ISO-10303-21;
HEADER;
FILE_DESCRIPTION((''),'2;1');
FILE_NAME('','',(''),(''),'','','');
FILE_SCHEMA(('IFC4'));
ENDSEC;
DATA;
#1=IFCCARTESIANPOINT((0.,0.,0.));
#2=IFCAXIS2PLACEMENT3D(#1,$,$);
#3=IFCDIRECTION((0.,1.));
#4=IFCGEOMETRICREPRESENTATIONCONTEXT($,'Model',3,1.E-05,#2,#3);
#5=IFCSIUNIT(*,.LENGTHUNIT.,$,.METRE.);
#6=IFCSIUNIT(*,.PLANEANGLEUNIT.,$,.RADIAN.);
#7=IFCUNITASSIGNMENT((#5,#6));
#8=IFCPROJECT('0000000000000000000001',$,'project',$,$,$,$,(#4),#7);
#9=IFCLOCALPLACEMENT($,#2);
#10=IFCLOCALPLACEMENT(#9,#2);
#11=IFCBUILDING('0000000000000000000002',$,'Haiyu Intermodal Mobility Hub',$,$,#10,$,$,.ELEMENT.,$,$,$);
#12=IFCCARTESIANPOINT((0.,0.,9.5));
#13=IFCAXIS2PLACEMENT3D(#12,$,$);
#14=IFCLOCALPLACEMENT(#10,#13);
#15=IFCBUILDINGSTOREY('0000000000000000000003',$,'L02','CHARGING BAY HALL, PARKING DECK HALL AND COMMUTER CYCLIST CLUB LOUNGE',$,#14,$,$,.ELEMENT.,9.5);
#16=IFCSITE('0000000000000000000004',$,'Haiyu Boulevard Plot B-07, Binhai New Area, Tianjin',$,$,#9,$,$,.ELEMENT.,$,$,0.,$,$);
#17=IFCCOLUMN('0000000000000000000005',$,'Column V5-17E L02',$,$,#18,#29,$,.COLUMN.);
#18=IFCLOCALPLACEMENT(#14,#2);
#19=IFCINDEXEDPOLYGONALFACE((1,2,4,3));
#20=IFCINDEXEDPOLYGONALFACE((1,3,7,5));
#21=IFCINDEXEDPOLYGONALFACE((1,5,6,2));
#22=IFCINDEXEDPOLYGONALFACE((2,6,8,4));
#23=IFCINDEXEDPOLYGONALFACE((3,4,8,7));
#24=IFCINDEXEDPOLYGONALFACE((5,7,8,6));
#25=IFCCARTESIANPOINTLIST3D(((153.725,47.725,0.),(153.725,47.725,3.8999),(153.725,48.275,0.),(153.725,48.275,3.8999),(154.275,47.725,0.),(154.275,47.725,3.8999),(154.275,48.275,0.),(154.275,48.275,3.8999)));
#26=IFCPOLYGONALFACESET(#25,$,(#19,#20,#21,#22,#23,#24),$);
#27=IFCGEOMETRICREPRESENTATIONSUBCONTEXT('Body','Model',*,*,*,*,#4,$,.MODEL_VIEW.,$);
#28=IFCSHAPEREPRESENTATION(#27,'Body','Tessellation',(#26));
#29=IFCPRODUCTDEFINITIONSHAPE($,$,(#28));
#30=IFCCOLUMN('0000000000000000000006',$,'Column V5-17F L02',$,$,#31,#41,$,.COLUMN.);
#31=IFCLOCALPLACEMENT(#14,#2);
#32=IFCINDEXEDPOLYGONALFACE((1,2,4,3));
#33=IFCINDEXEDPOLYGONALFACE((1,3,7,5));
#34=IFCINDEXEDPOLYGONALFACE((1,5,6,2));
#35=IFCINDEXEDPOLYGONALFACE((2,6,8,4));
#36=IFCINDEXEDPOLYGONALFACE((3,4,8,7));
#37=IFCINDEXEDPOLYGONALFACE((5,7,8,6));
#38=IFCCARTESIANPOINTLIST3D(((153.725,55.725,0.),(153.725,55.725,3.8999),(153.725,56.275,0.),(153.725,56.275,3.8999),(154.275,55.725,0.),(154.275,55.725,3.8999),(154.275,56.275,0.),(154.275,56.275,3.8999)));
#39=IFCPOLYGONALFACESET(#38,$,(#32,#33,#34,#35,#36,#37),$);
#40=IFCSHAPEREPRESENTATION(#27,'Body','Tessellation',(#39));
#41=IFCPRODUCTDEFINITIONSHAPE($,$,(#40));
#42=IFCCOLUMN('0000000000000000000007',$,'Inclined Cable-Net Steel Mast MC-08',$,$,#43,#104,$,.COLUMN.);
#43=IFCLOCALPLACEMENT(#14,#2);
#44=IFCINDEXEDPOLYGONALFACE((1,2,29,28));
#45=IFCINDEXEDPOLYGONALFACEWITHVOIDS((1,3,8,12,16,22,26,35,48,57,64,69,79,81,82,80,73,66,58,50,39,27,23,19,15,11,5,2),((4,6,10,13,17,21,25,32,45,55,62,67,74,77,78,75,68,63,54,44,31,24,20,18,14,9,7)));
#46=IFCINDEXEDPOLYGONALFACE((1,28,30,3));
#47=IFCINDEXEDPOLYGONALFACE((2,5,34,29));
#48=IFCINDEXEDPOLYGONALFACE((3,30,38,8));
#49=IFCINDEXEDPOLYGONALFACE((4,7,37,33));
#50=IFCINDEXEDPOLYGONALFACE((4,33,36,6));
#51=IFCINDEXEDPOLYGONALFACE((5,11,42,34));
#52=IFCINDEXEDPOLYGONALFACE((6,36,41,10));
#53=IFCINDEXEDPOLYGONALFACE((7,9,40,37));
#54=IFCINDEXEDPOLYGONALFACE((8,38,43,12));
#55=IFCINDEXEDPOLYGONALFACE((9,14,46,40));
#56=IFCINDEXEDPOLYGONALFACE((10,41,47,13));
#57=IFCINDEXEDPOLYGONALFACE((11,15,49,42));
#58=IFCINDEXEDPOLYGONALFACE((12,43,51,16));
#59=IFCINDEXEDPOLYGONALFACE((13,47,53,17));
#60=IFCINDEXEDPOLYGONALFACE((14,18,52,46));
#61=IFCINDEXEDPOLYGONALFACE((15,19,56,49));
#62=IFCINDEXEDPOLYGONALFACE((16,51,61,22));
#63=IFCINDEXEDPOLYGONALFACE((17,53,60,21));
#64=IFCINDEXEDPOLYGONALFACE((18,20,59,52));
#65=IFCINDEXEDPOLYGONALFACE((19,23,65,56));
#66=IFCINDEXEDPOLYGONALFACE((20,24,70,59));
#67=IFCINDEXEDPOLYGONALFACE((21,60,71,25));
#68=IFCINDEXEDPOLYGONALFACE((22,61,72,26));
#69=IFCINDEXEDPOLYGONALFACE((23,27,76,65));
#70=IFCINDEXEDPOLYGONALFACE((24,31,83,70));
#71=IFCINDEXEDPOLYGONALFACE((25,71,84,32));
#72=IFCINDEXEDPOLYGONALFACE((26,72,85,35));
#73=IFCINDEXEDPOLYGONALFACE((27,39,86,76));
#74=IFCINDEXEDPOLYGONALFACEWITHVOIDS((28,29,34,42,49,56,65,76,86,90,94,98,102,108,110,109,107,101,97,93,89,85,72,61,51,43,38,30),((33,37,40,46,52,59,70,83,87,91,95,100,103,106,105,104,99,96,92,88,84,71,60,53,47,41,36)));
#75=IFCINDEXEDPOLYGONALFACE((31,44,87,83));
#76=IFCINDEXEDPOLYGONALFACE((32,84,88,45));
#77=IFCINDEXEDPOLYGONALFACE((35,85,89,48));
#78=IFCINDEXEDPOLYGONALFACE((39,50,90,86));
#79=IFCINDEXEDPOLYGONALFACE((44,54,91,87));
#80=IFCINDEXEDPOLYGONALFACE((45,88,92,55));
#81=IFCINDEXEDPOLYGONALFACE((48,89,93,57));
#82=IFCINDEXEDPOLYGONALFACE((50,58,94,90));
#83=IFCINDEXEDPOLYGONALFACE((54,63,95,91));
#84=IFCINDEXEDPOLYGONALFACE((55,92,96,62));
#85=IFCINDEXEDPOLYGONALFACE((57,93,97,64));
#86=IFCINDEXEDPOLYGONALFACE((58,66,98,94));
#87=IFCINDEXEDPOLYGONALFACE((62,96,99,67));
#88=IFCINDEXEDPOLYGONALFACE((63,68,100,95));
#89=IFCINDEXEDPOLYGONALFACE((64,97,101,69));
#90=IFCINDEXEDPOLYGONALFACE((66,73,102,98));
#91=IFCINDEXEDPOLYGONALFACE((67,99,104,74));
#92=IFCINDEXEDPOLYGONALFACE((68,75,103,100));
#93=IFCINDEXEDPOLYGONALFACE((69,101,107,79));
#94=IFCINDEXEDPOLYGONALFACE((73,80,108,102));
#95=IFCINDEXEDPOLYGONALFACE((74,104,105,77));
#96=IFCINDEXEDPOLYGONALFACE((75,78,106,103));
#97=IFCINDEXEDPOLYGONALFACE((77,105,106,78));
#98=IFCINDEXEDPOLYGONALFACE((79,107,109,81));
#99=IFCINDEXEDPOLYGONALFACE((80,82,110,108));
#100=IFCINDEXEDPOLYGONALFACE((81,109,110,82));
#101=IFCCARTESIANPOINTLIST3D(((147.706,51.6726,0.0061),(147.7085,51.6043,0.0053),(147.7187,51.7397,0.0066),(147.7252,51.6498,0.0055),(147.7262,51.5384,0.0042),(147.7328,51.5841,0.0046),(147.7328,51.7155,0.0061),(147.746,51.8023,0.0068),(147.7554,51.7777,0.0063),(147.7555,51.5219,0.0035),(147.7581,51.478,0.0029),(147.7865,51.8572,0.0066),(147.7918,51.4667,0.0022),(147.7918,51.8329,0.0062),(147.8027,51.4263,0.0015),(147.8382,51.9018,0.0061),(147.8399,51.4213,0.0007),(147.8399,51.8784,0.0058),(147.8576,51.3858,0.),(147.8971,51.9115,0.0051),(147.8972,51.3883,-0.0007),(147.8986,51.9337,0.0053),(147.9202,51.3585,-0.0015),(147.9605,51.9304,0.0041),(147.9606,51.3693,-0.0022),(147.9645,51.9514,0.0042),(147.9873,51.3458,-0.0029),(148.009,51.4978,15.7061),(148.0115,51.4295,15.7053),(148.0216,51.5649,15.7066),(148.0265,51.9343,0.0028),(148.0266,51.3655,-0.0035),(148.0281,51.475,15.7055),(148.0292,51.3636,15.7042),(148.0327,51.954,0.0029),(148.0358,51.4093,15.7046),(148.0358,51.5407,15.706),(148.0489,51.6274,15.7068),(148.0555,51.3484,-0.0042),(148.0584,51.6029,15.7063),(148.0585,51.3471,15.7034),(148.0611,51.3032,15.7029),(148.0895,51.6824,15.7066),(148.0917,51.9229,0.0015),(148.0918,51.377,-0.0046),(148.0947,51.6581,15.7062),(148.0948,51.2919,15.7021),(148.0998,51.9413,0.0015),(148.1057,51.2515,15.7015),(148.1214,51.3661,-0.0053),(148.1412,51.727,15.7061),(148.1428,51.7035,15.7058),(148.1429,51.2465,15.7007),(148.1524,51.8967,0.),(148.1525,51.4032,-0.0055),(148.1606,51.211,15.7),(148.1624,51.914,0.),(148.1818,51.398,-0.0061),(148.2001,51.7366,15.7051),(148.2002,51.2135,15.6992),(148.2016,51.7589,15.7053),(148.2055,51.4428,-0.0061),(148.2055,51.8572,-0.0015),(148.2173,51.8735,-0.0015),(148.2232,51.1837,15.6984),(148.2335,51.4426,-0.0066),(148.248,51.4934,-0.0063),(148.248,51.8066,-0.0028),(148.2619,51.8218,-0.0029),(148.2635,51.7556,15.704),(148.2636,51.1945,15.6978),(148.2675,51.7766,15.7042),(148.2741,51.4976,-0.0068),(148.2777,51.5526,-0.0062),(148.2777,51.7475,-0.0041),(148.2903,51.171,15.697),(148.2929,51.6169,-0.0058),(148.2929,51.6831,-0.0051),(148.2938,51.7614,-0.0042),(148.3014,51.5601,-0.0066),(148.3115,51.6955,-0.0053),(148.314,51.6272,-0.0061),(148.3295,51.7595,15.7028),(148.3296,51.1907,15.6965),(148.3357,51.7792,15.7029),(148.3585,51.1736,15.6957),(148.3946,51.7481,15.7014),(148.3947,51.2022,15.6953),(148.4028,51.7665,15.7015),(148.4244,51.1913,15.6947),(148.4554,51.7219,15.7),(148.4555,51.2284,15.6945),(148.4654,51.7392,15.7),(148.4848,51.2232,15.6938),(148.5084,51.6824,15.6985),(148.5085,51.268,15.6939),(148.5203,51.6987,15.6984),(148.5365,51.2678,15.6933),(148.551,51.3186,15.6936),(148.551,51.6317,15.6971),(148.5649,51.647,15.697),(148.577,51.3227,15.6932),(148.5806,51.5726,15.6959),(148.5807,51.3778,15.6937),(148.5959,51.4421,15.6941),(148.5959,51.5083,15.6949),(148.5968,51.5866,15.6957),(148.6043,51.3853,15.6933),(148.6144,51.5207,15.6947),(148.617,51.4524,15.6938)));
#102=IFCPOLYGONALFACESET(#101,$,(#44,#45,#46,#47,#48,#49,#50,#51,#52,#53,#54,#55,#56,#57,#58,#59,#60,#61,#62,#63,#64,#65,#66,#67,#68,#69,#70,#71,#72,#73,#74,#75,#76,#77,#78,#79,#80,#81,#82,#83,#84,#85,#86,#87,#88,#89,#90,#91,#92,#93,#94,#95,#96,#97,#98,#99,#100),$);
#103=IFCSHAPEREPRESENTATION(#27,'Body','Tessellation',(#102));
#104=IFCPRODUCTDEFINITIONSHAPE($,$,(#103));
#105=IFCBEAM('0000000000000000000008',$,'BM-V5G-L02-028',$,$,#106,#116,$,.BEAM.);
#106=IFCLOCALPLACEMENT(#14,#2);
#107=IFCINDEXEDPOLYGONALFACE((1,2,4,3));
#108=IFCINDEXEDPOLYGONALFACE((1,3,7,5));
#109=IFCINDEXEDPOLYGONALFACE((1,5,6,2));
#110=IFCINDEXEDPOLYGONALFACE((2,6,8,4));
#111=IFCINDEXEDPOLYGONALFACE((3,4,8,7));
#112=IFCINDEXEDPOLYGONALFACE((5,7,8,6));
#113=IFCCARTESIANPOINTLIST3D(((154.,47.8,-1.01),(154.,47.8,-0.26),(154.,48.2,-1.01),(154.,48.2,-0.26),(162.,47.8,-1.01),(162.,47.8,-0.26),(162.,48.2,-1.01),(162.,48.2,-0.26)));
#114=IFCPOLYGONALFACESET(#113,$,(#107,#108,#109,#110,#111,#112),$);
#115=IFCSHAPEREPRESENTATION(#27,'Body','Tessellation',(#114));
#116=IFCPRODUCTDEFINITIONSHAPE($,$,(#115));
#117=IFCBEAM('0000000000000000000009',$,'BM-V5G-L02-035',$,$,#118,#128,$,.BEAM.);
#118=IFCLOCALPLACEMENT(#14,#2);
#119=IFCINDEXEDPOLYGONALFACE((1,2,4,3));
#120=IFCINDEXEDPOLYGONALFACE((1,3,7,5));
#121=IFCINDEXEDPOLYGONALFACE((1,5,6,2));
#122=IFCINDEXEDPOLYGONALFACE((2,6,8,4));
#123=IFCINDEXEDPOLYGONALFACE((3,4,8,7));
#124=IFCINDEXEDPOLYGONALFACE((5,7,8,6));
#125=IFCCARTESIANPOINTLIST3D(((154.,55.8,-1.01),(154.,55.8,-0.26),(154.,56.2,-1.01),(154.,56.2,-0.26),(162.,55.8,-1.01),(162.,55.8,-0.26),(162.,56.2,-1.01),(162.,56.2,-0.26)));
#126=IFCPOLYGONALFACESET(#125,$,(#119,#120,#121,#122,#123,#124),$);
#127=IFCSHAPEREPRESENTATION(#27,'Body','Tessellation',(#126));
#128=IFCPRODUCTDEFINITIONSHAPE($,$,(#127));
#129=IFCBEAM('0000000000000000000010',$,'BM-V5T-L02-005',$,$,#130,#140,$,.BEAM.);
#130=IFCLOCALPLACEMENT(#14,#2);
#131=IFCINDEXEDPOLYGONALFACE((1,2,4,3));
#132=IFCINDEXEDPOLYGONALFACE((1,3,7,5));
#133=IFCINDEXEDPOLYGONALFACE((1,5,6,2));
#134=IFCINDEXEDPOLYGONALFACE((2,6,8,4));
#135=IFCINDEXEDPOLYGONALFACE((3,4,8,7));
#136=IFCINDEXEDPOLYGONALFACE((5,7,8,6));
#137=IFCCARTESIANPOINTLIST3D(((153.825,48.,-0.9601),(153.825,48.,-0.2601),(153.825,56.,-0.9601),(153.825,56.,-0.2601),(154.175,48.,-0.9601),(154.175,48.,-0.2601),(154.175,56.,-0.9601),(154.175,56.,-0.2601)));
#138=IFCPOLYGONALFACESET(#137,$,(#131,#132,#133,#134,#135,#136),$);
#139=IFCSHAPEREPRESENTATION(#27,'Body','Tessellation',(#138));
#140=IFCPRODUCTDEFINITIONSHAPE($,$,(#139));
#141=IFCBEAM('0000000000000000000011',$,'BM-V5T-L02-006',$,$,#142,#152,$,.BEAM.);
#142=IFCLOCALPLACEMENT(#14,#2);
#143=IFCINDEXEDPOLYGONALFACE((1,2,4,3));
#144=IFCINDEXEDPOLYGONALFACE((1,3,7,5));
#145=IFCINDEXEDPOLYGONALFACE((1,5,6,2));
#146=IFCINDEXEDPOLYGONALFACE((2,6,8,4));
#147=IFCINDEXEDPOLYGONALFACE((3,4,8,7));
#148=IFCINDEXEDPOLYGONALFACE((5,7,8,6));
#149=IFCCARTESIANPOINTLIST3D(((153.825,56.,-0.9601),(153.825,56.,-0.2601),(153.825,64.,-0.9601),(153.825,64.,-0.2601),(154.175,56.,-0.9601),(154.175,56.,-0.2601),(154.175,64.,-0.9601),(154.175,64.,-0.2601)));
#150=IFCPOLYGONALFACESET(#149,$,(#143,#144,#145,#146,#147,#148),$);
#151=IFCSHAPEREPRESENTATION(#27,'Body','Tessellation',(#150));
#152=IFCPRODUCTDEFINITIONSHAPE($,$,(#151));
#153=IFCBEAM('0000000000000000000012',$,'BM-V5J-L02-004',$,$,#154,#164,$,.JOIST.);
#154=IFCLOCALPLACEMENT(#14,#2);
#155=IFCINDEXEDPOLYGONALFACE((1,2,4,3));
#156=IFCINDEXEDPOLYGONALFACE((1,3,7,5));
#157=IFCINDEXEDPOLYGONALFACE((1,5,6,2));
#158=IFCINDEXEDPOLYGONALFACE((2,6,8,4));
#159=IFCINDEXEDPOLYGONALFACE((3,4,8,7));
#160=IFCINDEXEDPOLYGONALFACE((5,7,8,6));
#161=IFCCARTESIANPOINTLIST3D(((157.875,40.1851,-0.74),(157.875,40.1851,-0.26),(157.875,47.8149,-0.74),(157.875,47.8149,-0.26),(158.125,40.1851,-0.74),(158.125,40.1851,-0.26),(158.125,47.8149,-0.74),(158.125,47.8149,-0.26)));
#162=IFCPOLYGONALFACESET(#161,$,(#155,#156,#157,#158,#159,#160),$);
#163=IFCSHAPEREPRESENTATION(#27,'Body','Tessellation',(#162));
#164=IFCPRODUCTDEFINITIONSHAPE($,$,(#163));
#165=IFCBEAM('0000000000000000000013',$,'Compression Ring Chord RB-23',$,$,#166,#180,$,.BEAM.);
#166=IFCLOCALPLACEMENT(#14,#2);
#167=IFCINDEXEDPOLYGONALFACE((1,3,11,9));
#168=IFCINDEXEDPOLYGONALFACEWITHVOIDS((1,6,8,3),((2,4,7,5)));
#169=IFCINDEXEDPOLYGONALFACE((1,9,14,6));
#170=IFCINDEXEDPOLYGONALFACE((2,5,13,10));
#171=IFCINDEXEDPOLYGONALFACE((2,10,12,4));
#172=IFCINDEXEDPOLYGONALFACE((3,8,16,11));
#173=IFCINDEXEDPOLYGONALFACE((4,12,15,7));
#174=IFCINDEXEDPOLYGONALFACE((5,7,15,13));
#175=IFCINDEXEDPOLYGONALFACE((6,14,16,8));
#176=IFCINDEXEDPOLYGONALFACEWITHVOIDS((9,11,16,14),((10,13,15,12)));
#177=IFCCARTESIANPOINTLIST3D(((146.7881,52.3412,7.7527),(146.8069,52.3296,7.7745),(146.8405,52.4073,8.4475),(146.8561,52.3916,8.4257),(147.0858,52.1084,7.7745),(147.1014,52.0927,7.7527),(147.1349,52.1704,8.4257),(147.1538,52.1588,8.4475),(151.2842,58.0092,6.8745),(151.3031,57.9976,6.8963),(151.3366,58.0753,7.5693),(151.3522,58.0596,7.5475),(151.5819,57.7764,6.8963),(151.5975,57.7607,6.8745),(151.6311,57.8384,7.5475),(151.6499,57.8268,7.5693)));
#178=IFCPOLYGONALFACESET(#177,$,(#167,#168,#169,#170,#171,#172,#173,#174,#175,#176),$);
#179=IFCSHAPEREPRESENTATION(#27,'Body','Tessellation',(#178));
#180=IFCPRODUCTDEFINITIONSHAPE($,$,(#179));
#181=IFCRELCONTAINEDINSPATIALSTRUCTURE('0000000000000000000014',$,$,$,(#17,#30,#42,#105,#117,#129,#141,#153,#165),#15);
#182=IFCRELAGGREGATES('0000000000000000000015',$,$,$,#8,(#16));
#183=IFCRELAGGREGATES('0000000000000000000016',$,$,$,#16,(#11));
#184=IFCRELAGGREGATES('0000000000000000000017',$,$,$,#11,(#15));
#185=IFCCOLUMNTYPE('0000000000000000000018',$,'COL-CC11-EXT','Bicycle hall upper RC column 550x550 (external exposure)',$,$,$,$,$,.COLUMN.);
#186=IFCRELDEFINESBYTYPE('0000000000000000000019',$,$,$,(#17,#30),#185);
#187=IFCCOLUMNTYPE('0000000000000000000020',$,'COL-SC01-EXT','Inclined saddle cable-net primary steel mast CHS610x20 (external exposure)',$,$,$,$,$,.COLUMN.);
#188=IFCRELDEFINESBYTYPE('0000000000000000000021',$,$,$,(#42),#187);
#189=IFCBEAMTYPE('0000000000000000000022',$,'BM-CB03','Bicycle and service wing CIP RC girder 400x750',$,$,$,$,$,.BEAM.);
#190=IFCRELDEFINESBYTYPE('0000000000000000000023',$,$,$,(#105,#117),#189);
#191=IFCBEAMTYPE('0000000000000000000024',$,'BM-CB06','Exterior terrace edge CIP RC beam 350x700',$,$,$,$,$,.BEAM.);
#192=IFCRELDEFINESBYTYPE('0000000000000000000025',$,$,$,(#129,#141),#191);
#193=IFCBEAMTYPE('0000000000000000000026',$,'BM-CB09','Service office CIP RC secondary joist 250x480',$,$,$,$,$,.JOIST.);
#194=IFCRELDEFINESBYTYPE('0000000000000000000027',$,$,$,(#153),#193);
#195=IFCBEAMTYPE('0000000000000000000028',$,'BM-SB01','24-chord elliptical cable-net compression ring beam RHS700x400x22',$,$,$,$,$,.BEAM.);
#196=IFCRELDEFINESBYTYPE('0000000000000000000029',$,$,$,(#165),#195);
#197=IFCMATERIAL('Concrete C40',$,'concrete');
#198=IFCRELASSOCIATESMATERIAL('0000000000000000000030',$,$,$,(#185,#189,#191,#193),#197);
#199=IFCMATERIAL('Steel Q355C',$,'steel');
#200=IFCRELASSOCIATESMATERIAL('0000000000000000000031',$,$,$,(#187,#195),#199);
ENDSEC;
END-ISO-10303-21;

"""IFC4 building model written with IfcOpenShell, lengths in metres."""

from ifc_helpers import new_model, si_unit, direction, frame, origin, origin_2d, place, context, subcontext, project, spatial, rectangle, hollow_rectangle, hollow_circle, extrude, material, material_profile, profile_set, type_object, element, save


model = new_model("IFC4")

# Units and contexts
model_context = context("Model", 3, precision=1e-05, world=origin(), true_north=direction((0.0, 1.0)))
body_context = subcontext(model_context, "Body", "Model", "MODEL_VIEW")
ifc_project = project(units=[si_unit("LENGTHUNIT", "METRE"), si_unit("PLANEANGLEUNIT", "RADIAN")], contexts=[model_context])

# Site, building, storey
site_placement = place(None, origin())
site = spatial("IfcSite", under=ifc_project, at=site_placement, Name="Haiyu Boulevard Plot B-07, Binhai New Area, Tianjin", CompositionType="ELEMENT", RefElevation=0.0)
building_placement = place(site_placement, origin())
building = spatial("IfcBuilding", under=site, at=building_placement, Name="Haiyu Intermodal Mobility Hub", CompositionType="ELEMENT")
storey_placement = place(building_placement, frame((0.0, 0.0, 9.5)))
storey = spatial("IfcBuildingStorey", under=building, at=storey_placement, Name="L02", Description="CHARGING BAY HALL, PARKING DECK HALL AND COMMUTER CYCLIST CLUB LOUNGE", CompositionType="ELEMENT", Elevation=9.5)

# Columns
ifc_material_1 = material(Name="Concrete C40", Category="concrete")
ifc_material_profile_1 = material_profile(ifc_material_1, rectangle(XDim=0.55, YDim=0.55, at=origin_2d()), Name="RC550x550")
ifc_profile_set_1 = profile_set([ifc_material_profile_1], Name="Concrete C40")
column_type_1 = type_object("IfcColumnType", Name="COL-CC11-EXT", Description="Bicycle hall upper RC column 550x550 (external exposure)", PredefinedType="COLUMN", material=ifc_profile_set_1)
for number, where, z_axis, x_axis, name in (
    (1, (154.0, 48.0, 0.0), (0.0, 0.0, 1.0), (1.0, 0.0, 0.0), "Column V5-17E L02"),
    (2, (154.0, 56.0, 0.0), (0.0, 0.0, 1.0), (1.0, 0.0, 0.0), "Column V5-17F L02"),
):
    element("IfcColumn", number, at=place(storey_placement, frame(where, z_axis=z_axis, x_axis=x_axis)), inside=storey, type_object=column_type_1, Name=name, PredefinedType="COLUMN", context=body_context, shape_type="SweptSolid", body=[
        extrude(rectangle(XDim=0.55, YDim=0.55, at=origin_2d()), origin(), (0.0, 0.0, 1.0), 3.8999),
    ])
ifc_material_2 = material(Name="Steel Q355C", Category="steel")
ifc_material_profile_2 = material_profile(ifc_material_2, hollow_circle(Radius=0.3049, WallThickness=0.02, at=origin_2d()), Name="CHS610x20")
ifc_profile_set_2 = profile_set([ifc_material_profile_2], Name="Steel Q355C")
column_type_2 = type_object("IfcColumnType", Name="COL-SC01-EXT", Description="Inclined saddle cable-net primary steel mast CHS610x20 (external exposure)", PredefinedType="COLUMN", material=ifc_profile_set_2)
column_placement = place(storey_placement, frame((148.01, 51.6499, 0.0), z_axis=(0.019293, -0.011131, 0.999752), x_axis=(0.499743, 0.866174, 0.0)))
element("IfcColumn", 3, at=column_placement, inside=storey, type_object=column_type_2, Name="Inclined Cable-Net Steel Mast MC-08", PredefinedType="COLUMN", context=body_context, shape_type="SweptSolid", body=[
    extrude(hollow_circle(Radius=0.3049, WallThickness=0.02, at=origin_2d()), origin(), (0.0, 0.0, 1.0), 15.7039),
])

# Beams
ifc_material_profile_3 = material_profile(ifc_material_1, rectangle(XDim=0.3999, YDim=0.75, at=origin_2d()), Name="RCB400x750")
ifc_profile_set_3 = profile_set([ifc_material_profile_3], Name="Concrete C40")
beam_type_1 = type_object("IfcBeamType", Name="BM-CB03", Description="Bicycle and service wing CIP RC girder 400x750", PredefinedType="BEAM", material=ifc_profile_set_3)
for number, where, z_axis, x_axis, name in (
    (4, (154.0, 48.0, -0.635), (1.0, 0.0, 0.0), (0.0, 1.0, 0.0), "BM-V5G-L02-028"),
    (5, (154.0, 56.0, -0.635), (1.0, 0.0, 0.0), (0.0, 1.0, 0.0), "BM-V5G-L02-035"),
):
    element("IfcBeam", number, at=place(storey_placement, frame(where, z_axis=z_axis, x_axis=x_axis)), inside=storey, type_object=beam_type_1, Name=name, PredefinedType="BEAM", context=body_context, shape_type="SweptSolid", body=[
        extrude(rectangle(XDim=0.3999, YDim=0.75, at=origin_2d()), origin(), (0.0, 0.0, 1.0), 8.0),
    ])
ifc_material_profile_4 = material_profile(ifc_material_1, rectangle(XDim=0.3501, YDim=0.7, at=origin_2d()), Name="RCB350x700")
ifc_profile_set_4 = profile_set([ifc_material_profile_4], Name="Concrete C40")
beam_type_2 = type_object("IfcBeamType", Name="BM-CB06", Description="Exterior terrace edge CIP RC beam 350x700", PredefinedType="BEAM", material=ifc_profile_set_4)
for number, where, z_axis, x_axis, name in (
    (6, (154.0, 48.0, -0.6101), (0.0, 1.0, 0.0), (-1.0, 0.0, 0.0), "BM-V5T-L02-005"),
    (7, (154.0, 56.0, -0.6101), (0.0, 1.0, 0.0), (-1.0, 0.0, 0.0), "BM-V5T-L02-006"),
):
    element("IfcBeam", number, at=place(storey_placement, frame(where, z_axis=z_axis, x_axis=x_axis)), inside=storey, type_object=beam_type_2, Name=name, PredefinedType="BEAM", context=body_context, shape_type="SweptSolid", body=[
        extrude(rectangle(XDim=0.3501, YDim=0.7, at=origin_2d()), origin(), (0.0, 0.0, 1.0), 8.0),
    ])
ifc_material_profile_5 = material_profile(ifc_material_1, rectangle(XDim=0.25, YDim=0.48, at=origin_2d()), Name="RCB250x480")
ifc_profile_set_5 = profile_set([ifc_material_profile_5], Name="Concrete C40")
beam_type_3 = type_object("IfcBeamType", Name="BM-CB09", Description="Service office CIP RC secondary joist 250x480", PredefinedType="JOIST", material=ifc_profile_set_5)
beam_1_placement = place(storey_placement, frame((158.0, 40.1851, -0.5), z_axis=(0.0, 1.0, 0.0), x_axis=(-1.0, 0.0, 0.0)))
element("IfcBeam", 8, at=beam_1_placement, inside=storey, type_object=beam_type_3, Name="BM-V5J-L02-004", PredefinedType="JOIST", context=body_context, shape_type="SweptSolid", body=[
    extrude(rectangle(XDim=0.25, YDim=0.48, at=origin_2d()), origin(), (0.0, 0.0, 1.0), 7.6299),
])
ifc_material_profile_6 = material_profile(ifc_material_2, hollow_rectangle(XDim=0.3999, YDim=0.7, WallThickness=0.022, at=origin_2d()), Name="RHS700x400x22")
ifc_profile_set_6 = profile_set([ifc_material_profile_6], Name="Steel Q355C")
beam_type_4 = type_object("IfcBeamType", Name="BM-SB01", Description="24-chord elliptical cable-net compression ring beam RHS700x400x22", PredefinedType="BEAM", material=ifc_profile_set_6)
beam_2_placement = place(storey_placement, frame((146.9709, 52.25, 8.1001), z_axis=(0.616935, 0.777735, -0.120499), x_axis=(-0.783443, 0.621463, 0.0)))
element("IfcBeam", 9, at=beam_2_placement, inside=storey, type_object=beam_type_4, Name="Compression Ring Chord RB-23", PredefinedType="BEAM", context=body_context, shape_type="SweptSolid", body=[
    extrude(hollow_rectangle(XDim=0.3999, YDim=0.7, WallThickness=0.022, at=origin_2d()), origin(), (0.0, 0.0, 1.0), 7.2878),
])

save(model, "model.ifc")
